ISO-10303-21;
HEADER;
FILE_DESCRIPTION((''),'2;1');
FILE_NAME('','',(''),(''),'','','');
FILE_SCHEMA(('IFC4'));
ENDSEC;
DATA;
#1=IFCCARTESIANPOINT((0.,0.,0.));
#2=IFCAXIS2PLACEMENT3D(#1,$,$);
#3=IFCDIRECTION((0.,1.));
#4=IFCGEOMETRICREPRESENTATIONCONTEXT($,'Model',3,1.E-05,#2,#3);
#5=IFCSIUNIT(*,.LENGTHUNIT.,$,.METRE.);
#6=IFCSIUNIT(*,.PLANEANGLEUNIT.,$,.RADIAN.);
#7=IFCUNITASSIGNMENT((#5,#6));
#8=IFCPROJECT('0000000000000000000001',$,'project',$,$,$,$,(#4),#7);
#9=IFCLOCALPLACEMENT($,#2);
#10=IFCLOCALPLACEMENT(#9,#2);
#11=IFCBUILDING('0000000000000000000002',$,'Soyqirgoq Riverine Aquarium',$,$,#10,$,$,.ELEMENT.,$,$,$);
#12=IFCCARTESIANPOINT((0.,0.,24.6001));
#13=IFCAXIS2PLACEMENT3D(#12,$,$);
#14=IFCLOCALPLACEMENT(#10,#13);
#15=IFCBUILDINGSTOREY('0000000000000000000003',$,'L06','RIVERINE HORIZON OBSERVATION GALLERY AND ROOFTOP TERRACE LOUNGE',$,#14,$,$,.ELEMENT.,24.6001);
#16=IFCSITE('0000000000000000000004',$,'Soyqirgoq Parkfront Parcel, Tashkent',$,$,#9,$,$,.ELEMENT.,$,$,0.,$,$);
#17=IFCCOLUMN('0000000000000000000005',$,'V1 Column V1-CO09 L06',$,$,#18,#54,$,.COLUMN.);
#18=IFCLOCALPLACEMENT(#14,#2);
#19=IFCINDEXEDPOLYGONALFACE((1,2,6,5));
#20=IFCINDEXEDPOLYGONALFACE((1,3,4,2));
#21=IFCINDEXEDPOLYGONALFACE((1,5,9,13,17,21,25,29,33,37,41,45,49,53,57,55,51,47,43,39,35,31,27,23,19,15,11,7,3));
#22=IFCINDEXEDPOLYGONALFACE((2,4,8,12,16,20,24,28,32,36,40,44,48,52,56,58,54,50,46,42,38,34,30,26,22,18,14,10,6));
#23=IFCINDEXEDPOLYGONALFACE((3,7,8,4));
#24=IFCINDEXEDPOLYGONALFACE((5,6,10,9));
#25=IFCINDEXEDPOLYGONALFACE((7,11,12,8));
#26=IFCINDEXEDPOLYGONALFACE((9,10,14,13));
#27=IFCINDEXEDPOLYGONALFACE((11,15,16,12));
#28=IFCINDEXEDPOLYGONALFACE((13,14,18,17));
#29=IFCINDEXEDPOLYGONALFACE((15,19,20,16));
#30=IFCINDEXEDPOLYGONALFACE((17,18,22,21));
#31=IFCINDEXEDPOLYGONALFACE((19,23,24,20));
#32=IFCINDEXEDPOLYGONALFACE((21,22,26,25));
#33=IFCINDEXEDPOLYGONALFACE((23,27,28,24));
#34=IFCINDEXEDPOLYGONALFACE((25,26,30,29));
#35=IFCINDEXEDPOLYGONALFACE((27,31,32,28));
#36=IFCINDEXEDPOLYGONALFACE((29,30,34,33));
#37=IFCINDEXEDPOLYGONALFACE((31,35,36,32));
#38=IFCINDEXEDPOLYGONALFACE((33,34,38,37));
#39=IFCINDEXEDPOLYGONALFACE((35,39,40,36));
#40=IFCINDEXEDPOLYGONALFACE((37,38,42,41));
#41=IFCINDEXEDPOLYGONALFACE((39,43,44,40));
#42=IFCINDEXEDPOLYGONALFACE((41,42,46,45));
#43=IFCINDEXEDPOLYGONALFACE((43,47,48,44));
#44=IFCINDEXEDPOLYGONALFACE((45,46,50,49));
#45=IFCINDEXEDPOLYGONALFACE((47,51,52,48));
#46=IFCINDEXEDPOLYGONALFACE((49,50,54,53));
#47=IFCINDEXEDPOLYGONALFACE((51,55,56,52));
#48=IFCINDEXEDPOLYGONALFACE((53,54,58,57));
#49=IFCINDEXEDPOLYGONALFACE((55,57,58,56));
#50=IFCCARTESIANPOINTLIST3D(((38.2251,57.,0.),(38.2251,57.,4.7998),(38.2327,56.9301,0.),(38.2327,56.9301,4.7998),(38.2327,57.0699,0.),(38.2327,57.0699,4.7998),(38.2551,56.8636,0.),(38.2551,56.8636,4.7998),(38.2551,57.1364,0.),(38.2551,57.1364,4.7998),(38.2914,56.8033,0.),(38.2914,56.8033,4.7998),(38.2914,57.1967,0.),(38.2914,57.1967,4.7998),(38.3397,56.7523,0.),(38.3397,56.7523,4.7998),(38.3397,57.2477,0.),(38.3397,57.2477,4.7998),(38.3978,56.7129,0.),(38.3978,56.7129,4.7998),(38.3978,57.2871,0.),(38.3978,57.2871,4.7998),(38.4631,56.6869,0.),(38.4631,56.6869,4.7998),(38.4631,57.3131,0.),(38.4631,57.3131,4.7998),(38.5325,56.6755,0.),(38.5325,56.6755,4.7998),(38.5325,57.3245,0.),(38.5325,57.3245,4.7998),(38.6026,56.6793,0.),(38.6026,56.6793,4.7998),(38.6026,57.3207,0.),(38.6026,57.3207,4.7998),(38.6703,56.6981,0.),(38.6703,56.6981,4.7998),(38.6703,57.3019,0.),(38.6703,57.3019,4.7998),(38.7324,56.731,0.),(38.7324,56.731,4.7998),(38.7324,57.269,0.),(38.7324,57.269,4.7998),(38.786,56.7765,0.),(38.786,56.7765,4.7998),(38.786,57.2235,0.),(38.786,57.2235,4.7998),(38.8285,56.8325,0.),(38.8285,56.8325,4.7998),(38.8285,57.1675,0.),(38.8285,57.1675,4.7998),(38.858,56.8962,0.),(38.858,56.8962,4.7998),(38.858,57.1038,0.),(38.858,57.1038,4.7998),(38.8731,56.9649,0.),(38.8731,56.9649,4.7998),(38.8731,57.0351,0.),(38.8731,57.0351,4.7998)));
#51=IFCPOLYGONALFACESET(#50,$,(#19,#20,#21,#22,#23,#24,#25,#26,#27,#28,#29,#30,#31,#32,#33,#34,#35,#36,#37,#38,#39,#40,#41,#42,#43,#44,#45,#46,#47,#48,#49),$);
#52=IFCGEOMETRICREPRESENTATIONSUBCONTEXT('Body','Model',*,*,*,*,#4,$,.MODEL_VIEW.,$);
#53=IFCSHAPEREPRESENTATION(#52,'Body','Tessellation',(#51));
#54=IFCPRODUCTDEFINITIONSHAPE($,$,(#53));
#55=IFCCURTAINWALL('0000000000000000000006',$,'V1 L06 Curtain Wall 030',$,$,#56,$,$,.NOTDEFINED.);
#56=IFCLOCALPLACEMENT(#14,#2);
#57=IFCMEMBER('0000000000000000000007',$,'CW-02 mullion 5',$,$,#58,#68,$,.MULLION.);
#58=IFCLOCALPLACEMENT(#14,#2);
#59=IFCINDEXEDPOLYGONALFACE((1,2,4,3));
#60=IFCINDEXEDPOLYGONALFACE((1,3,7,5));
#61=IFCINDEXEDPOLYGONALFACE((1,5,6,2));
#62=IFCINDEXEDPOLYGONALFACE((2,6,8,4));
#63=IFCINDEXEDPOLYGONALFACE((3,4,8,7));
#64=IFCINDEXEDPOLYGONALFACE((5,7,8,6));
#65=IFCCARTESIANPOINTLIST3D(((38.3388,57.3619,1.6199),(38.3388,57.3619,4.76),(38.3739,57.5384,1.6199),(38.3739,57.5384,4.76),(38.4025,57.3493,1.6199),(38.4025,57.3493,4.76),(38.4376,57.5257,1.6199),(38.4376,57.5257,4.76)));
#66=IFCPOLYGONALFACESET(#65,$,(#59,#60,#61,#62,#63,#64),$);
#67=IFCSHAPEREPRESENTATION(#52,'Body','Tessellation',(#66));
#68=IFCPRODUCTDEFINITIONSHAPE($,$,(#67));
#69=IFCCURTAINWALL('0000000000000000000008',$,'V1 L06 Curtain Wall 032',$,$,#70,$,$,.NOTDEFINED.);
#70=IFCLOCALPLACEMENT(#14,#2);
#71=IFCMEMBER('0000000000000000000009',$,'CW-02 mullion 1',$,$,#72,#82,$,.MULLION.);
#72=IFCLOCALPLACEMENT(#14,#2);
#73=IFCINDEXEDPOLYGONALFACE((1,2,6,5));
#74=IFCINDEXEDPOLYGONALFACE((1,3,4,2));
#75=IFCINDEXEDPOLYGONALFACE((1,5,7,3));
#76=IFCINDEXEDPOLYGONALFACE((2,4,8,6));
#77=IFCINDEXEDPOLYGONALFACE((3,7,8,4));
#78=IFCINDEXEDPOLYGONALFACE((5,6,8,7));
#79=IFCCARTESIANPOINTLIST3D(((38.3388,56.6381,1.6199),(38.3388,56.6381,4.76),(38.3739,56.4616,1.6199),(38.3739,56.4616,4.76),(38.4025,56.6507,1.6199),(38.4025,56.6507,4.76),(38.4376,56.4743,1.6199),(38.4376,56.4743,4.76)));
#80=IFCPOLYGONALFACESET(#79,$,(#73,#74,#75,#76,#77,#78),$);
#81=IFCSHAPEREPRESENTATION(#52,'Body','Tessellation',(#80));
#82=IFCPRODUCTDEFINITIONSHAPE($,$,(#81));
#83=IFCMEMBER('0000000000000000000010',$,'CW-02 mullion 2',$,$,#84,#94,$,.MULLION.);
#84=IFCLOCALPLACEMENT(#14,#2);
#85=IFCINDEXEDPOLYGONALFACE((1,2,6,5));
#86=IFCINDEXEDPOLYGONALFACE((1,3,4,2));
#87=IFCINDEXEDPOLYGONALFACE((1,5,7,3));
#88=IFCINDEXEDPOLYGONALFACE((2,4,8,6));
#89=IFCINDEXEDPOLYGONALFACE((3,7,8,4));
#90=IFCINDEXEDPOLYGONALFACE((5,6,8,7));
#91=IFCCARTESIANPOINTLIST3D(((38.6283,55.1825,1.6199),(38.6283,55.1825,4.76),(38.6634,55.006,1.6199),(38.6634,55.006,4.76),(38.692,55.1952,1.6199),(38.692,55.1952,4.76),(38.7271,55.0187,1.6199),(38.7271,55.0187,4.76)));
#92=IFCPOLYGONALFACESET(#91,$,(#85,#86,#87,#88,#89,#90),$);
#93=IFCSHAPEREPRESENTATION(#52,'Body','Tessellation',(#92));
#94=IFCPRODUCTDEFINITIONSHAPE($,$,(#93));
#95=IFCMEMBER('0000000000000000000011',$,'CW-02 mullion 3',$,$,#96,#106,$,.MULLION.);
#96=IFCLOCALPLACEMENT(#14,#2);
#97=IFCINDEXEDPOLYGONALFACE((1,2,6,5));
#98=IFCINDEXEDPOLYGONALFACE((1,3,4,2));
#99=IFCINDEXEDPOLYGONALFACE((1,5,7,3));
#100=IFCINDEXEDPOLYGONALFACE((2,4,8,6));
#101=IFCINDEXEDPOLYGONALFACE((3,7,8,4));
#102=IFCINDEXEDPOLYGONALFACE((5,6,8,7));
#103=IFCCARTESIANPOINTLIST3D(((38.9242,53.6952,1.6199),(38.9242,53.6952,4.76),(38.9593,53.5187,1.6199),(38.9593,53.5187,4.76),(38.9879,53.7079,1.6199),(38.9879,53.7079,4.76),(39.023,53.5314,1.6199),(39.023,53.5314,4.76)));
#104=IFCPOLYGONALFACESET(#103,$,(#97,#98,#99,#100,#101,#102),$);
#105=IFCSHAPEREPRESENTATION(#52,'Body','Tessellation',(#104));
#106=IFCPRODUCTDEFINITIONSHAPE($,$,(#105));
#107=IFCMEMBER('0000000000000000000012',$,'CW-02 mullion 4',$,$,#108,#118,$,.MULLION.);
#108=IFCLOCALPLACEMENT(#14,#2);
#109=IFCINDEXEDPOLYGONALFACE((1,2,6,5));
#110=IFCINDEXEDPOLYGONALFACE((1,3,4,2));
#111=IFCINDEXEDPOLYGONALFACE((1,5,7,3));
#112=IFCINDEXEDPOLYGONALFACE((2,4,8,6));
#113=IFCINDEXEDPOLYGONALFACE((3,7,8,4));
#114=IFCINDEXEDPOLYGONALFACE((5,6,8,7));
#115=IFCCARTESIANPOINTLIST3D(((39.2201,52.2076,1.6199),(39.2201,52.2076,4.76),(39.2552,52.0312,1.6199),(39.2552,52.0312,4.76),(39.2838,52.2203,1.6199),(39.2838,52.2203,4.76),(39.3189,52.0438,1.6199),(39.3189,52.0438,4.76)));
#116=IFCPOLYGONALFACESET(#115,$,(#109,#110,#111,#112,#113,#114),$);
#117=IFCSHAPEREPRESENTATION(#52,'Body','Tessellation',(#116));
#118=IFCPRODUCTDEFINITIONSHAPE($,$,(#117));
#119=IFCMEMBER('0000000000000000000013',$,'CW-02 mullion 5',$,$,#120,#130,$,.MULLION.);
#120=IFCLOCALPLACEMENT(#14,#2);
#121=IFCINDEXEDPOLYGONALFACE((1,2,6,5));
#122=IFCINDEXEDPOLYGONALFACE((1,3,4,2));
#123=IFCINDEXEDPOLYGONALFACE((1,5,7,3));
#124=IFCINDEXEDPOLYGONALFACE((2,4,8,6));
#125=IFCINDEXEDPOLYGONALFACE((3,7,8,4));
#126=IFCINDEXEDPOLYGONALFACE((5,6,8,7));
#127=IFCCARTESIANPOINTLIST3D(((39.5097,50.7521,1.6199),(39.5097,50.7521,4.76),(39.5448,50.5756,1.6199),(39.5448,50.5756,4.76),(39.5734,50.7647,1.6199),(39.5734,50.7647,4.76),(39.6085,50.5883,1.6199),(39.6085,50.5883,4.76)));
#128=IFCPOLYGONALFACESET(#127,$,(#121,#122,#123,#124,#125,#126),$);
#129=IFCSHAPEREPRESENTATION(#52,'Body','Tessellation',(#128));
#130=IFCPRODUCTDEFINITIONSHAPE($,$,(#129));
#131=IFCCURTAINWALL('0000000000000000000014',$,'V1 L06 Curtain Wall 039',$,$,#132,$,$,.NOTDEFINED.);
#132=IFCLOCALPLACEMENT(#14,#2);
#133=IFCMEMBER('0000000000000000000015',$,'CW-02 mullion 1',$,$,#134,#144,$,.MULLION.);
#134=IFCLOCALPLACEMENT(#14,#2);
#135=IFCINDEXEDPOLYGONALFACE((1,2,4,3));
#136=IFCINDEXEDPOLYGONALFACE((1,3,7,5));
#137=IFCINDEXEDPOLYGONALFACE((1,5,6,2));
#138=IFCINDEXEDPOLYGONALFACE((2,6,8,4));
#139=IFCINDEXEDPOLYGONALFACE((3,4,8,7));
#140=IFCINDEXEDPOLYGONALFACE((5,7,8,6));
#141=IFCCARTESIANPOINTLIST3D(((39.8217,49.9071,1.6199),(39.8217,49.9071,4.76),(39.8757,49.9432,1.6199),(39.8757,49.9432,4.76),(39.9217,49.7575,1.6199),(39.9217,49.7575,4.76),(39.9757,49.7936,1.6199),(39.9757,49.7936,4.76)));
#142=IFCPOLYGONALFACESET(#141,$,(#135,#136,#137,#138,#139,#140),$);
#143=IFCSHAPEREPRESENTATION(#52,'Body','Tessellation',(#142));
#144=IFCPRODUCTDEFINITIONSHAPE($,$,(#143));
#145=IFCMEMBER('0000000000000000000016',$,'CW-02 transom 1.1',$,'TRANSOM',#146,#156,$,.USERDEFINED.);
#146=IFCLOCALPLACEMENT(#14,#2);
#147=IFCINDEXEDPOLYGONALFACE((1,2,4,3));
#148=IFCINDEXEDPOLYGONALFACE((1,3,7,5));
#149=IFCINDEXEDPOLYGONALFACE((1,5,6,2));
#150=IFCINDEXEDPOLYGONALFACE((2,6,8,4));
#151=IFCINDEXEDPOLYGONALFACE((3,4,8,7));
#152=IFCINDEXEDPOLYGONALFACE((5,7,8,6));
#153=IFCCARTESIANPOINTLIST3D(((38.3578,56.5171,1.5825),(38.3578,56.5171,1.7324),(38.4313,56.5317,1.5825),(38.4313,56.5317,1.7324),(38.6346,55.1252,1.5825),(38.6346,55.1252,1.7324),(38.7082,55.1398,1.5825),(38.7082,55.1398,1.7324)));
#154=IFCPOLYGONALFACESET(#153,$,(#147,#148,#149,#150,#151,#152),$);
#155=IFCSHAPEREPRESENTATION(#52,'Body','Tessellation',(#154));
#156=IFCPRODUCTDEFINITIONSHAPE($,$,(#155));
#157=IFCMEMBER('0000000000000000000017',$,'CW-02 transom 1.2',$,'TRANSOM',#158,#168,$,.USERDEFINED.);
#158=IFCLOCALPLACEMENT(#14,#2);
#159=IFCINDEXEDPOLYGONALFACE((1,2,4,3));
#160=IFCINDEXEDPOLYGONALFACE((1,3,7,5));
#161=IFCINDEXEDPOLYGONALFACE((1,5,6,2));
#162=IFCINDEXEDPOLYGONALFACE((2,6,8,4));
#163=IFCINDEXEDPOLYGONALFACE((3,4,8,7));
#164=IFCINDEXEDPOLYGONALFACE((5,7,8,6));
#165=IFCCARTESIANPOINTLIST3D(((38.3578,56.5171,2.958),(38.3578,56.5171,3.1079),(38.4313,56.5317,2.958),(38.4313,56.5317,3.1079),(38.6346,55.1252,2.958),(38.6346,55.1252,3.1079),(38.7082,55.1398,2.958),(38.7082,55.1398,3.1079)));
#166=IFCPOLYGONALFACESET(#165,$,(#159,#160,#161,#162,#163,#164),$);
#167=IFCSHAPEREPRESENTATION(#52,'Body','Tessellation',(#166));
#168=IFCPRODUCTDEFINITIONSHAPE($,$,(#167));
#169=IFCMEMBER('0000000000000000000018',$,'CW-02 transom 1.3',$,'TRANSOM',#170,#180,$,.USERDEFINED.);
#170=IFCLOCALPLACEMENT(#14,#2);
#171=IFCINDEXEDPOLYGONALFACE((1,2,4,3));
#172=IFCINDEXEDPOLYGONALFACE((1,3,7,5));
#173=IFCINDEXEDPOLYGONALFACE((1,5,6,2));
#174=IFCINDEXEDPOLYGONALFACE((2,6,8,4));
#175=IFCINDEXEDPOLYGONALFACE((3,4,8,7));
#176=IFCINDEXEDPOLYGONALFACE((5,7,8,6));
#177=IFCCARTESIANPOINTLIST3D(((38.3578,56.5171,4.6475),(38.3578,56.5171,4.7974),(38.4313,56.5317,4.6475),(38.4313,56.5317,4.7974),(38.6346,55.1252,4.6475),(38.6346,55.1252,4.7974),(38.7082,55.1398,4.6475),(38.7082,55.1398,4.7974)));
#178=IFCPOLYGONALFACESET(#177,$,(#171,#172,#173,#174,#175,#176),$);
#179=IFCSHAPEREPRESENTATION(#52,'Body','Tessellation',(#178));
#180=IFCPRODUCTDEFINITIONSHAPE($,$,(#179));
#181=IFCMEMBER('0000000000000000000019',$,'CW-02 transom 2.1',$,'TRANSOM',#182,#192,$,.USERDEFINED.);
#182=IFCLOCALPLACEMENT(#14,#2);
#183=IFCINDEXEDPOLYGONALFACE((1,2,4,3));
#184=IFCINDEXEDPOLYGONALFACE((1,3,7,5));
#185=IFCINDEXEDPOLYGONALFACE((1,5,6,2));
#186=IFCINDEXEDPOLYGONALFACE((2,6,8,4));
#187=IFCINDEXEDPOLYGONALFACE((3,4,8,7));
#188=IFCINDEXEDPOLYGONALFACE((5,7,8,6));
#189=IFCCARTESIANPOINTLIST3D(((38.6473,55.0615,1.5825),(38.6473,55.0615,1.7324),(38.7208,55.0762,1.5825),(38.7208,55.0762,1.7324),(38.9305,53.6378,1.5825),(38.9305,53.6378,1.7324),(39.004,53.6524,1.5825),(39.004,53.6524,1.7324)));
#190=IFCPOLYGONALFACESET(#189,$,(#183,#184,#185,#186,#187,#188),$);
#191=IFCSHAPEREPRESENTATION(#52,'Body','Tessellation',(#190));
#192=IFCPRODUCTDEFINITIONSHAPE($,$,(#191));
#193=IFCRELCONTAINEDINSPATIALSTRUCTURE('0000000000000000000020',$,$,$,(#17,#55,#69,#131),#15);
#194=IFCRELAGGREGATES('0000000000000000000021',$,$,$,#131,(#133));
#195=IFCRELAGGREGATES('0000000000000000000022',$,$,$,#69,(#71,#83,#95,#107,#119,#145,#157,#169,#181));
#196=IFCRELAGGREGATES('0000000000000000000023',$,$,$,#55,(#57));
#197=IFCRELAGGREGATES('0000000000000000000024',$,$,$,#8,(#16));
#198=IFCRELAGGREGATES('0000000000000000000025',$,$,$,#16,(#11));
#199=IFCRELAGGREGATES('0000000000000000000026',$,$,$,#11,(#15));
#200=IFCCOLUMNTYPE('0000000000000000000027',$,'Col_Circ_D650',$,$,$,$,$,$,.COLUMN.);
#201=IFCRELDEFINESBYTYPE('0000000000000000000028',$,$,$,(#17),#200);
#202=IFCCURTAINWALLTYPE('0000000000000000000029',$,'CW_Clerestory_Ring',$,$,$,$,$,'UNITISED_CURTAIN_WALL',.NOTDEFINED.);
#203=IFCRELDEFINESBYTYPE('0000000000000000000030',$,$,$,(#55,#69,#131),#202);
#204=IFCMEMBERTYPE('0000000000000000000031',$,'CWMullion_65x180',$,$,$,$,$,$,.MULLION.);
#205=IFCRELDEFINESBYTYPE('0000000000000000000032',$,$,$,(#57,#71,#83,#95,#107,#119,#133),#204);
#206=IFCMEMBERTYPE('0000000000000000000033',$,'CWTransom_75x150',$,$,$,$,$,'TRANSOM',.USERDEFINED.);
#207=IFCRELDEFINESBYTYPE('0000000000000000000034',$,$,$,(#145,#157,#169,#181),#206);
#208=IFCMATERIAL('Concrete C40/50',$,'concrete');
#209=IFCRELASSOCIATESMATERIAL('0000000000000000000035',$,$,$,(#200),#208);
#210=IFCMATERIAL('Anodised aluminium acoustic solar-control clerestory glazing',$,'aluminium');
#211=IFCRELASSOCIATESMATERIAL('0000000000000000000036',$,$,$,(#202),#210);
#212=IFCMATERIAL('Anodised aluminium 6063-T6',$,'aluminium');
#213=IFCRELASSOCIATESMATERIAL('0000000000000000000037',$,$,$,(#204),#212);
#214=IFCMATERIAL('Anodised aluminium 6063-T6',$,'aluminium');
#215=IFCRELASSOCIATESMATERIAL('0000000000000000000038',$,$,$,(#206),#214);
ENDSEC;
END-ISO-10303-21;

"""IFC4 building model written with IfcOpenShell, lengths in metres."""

from ifc_helpers import new_model, si_unit, direction, frame, origin, origin_2d, place, context, subcontext, project, spatial, rectangle, circle, extrude, material, material_profile, profile_set, type_object, element, aggregate, save


model = new_model("IFC4")

# Units and contexts
model_context = context("Model", 3, precision=1e-05, world=origin(), true_north=direction((0.0, 1.0)))
body_context = subcontext(model_context, "Body", "Model", "MODEL_VIEW")
ifc_project = project(units=[si_unit("LENGTHUNIT", "METRE"), si_unit("PLANEANGLEUNIT", "RADIAN")], contexts=[model_context])

# Site, building, storey
site_placement = place(None, origin())
site = spatial("IfcSite", under=ifc_project, at=site_placement, Name="Soyqirgoq Parkfront Parcel, Tashkent", CompositionType="ELEMENT", RefElevation=0.0)
building_placement = place(site_placement, origin())
building = spatial("IfcBuilding", under=site, at=building_placement, Name="Soyqirgoq Riverine Aquarium", CompositionType="ELEMENT")
storey_placement = place(building_placement, frame((0.0, 0.0, 24.6001)))
storey = spatial("IfcBuildingStorey", under=building, at=storey_placement, Name="L06", Description="RIVERINE HORIZON OBSERVATION GALLERY AND ROOFTOP TERRACE LOUNGE", CompositionType="ELEMENT", Elevation=24.6001)

# Column
ifc_material_1 = material(Name="Concrete C40/50", Category="concrete")
ifc_material_profile_1 = material_profile(ifc_material_1, circle(Radius=0.325, at=origin_2d()), Name="RC-COL D650")
ifc_profile_set_1 = profile_set([ifc_material_profile_1], Name="Concrete C40/50")
column_type = type_object("IfcColumnType", Name="Col_Circ_D650", PredefinedType="COLUMN", material=ifc_profile_set_1)
for number, where, z_axis, x_axis, name in (
    (1, (38.55, 57.0, 0.0), (0.0, 0.0, 1.0), (-1.0, 0.0, 0.0), "V1 Column V1-CO09 L06"),
):
    element("IfcColumn", number, at=place(storey_placement, frame(where, z_axis=z_axis, x_axis=x_axis)), inside=storey, type_object=column_type, Name=name, PredefinedType="COLUMN", context=body_context, shape_type="SweptSolid", body=[
        extrude(circle(Radius=0.325, at=origin_2d()), origin(), (0.0, 0.0, 1.0), 4.7998),
    ])

# Curtain wall, member
ifc_material_2 = material(Name="Anodised aluminium acoustic solar-control clerestory glazing", Category="aluminium")
curtain_wall_type = type_object("IfcCurtainWallType", Name="CW_Clerestory_Ring", ElementType="UNITISED_CURTAIN_WALL", PredefinedType="NOTDEFINED", material=ifc_material_2)
curtain_wall_1_placement = place(storey_placement, origin())
curtain_wall_1 = element("IfcCurtainWall", 2, at=curtain_wall_1_placement, inside=storey, type_object=curtain_wall_type, Name="V1 L06 Curtain Wall 030", PredefinedType="NOTDEFINED")
ifc_material_3 = material(Name="Anodised aluminium 6063-T6", Category="aluminium")
ifc_material_profile_2 = material_profile(ifc_material_3, rectangle(XDim=0.0649, YDim=0.1799, at=origin_2d()), Name="ALU-M 65x180")
ifc_profile_set_2 = profile_set([ifc_material_profile_2], Name="Anodised aluminium 6063-T6")
member_type_1 = type_object("IfcMemberType", Name="CWMullion_65x180", PredefinedType="MULLION", material=ifc_profile_set_2)
member_1_placement = place(storey_placement, frame((38.3882, 57.4438, 1.6199), z_axis=(0.0, 0.0, 1.0), x_axis=(0.980784, -0.195095, 0.0)))
member_1 = element("IfcMember", 3, at=member_1_placement, type_object=member_type_1, Name="CW-02 mullion 5", PredefinedType="MULLION", context=body_context, shape_type="SweptSolid", body=[
    extrude(rectangle(XDim=0.0649, YDim=0.1799, at=origin_2d()), origin(), (0.0, 0.0, 1.0), 3.1401),
])

# Curtain wall, members
curtain_wall_2_placement = place(storey_placement, origin())
curtain_wall_2 = element("IfcCurtainWall", 4, at=curtain_wall_2_placement, inside=storey, type_object=curtain_wall_type, Name="V1 L06 Curtain Wall 032", PredefinedType="NOTDEFINED")
member_2_placement = place(storey_placement, frame((38.3882, 56.5562, 1.6199), z_axis=(0.0, 0.0, 1.0), x_axis=(0.980784, 0.195095, 0.0)))
member_2 = element("IfcMember", 5, at=member_2_placement, type_object=member_type_1, Name="CW-02 mullion 1", PredefinedType="MULLION", context=body_context, shape_type="SweptSolid", body=[
    extrude(rectangle(XDim=0.0649, YDim=0.1799, at=origin_2d()), origin(), (0.0, 0.0, 1.0), 3.1401),
])
member_3_placement = place(storey_placement, frame((38.6777, 55.1006, 1.6199), z_axis=(0.0, 0.0, 1.0), x_axis=(0.980784, 0.195095, 0.0)))
member_3 = element("IfcMember", 6, at=member_3_placement, type_object=member_type_1, Name="CW-02 mullion 2", PredefinedType="MULLION", context=body_context, shape_type="SweptSolid", body=[
    extrude(rectangle(XDim=0.0649, YDim=0.1799, at=origin_2d()), origin(), (0.0, 0.0, 1.0), 3.1401),
])
member_4_placement = place(storey_placement, frame((38.9736, 53.6133, 1.6199), z_axis=(0.0, 0.0, 1.0), x_axis=(0.980784, 0.195095, 0.0)))
member_4 = element("IfcMember", 7, at=member_4_placement, type_object=member_type_1, Name="CW-02 mullion 3", PredefinedType="MULLION", context=body_context, shape_type="SweptSolid", body=[
    extrude(rectangle(XDim=0.0649, YDim=0.1799, at=origin_2d()), origin(), (0.0, 0.0, 1.0), 3.1401),
])
member_5_placement = place(storey_placement, frame((39.2695, 52.1257, 1.6199), z_axis=(0.0, 0.0, 1.0), x_axis=(0.980784, 0.195095, 0.0)))
member_5 = element("IfcMember", 8, at=member_5_placement, type_object=member_type_1, Name="CW-02 mullion 4", PredefinedType="MULLION", context=body_context, shape_type="SweptSolid", body=[
    extrude(rectangle(XDim=0.0649, YDim=0.1799, at=origin_2d()), origin(), (0.0, 0.0, 1.0), 3.1401),
])
member_6_placement = place(storey_placement, frame((39.5591, 50.6702, 1.6199), z_axis=(0.0, 0.0, 1.0), x_axis=(0.980784, 0.195095, 0.0)))
member_6 = element("IfcMember", 9, at=member_6_placement, type_object=member_type_1, Name="CW-02 mullion 5", PredefinedType="MULLION", context=body_context, shape_type="SweptSolid", body=[
    extrude(rectangle(XDim=0.0649, YDim=0.1799, at=origin_2d()), origin(), (0.0, 0.0, 1.0), 3.1401),
])

# Curtain wall, member
curtain_wall_3_placement = place(storey_placement, origin())
curtain_wall_3 = element("IfcCurtainWall", 10, at=curtain_wall_3_placement, inside=storey, type_object=curtain_wall_type, Name="V1 L06 Curtain Wall 039", PredefinedType="NOTDEFINED")
member_7_placement = place(storey_placement, frame((39.8987, 49.8503, 1.6199), z_axis=(0.0, 0.0, 1.0), x_axis=(0.831464, 0.555579, 0.0)))
member_7 = element("IfcMember", 11, at=member_7_placement, type_object=member_type_1, Name="CW-02 mullion 1", PredefinedType="MULLION", context=body_context, shape_type="SweptSolid", body=[
    extrude(rectangle(XDim=0.0649, YDim=0.1799, at=origin_2d()), origin(), (0.0, 0.0, 1.0), 3.1401),
])

# Members
ifc_material_4 = material(Name="Anodised aluminium 6063-T6", Category="aluminium")
ifc_material_profile_3 = material_profile(ifc_material_4, rectangle(XDim=0.075, YDim=0.1499, at=origin_2d()), Name="ALU-T 75x150")
ifc_profile_set_3 = profile_set([ifc_material_profile_3], Name="Anodised aluminium 6063-T6")
member_type_2 = type_object("IfcMemberType", Name="CWTransom_75x150", ElementType="TRANSOM", PredefinedType="USERDEFINED", material=ifc_profile_set_3)
member_8_placement = place(storey_placement, frame((38.3945, 56.5244, 1.6575), z_axis=(0.19509, -0.980785, 0.0), x_axis=(0.980785, 0.19509, 0.0)))
member_8 = element("IfcMember", 12, at=member_8_placement, type_object=member_type_2, Name="CW-02 transom 1.1", ObjectType="TRANSOM", PredefinedType="USERDEFINED", context=body_context, shape_type="SweptSolid", body=[
    extrude(rectangle(XDim=0.075, YDim=0.1499, at=origin_2d()), origin(), (0.0, 0.0, 1.0), 1.4192),
])
member_9_placement = place(storey_placement, frame((38.3945, 56.5244, 3.033), z_axis=(0.19509, -0.980785, 0.0), x_axis=(0.980785, 0.19509, 0.0)))
member_9 = element("IfcMember", 13, at=member_9_placement, type_object=member_type_2, Name="CW-02 transom 1.2", ObjectType="TRANSOM", PredefinedType="USERDEFINED", context=body_context, shape_type="SweptSolid", body=[
    extrude(rectangle(XDim=0.075, YDim=0.1499, at=origin_2d()), origin(), (0.0, 0.0, 1.0), 1.4192),
])
member_10_placement = place(storey_placement, frame((38.3945, 56.5244, 4.7224), z_axis=(0.19509, -0.980785, 0.0), x_axis=(0.980785, 0.19509, 0.0)))
member_10 = element("IfcMember", 14, at=member_10_placement, type_object=member_type_2, Name="CW-02 transom 1.3", ObjectType="TRANSOM", PredefinedType="USERDEFINED", context=body_context, shape_type="SweptSolid", body=[
    extrude(rectangle(XDim=0.075, YDim=0.1499, at=origin_2d()), origin(), (0.0, 0.0, 1.0), 1.4192),
])
member_11_placement = place(storey_placement, frame((38.6841, 55.0688, 1.6575), z_axis=(0.195081, -0.980787, 0.0), x_axis=(0.980787, 0.195081, 0.0)))
member_11 = element("IfcMember", 15, at=member_11_placement, type_object=member_type_2, Name="CW-02 transom 2.1", ObjectType="TRANSOM", PredefinedType="USERDEFINED", context=body_context, shape_type="SweptSolid", body=[
    extrude(rectangle(XDim=0.075, YDim=0.1499, at=origin_2d()), origin(), (0.0, 0.0, 1.0), 1.4517),
])
aggregate(curtain_wall_3, [member_7])

aggregate(curtain_wall_2, [member_2, member_3, member_4, member_5, member_6, member_8, member_9, member_10, member_11])
aggregate(curtain_wall_1, [member_1])

save(model, "model.ifc")
